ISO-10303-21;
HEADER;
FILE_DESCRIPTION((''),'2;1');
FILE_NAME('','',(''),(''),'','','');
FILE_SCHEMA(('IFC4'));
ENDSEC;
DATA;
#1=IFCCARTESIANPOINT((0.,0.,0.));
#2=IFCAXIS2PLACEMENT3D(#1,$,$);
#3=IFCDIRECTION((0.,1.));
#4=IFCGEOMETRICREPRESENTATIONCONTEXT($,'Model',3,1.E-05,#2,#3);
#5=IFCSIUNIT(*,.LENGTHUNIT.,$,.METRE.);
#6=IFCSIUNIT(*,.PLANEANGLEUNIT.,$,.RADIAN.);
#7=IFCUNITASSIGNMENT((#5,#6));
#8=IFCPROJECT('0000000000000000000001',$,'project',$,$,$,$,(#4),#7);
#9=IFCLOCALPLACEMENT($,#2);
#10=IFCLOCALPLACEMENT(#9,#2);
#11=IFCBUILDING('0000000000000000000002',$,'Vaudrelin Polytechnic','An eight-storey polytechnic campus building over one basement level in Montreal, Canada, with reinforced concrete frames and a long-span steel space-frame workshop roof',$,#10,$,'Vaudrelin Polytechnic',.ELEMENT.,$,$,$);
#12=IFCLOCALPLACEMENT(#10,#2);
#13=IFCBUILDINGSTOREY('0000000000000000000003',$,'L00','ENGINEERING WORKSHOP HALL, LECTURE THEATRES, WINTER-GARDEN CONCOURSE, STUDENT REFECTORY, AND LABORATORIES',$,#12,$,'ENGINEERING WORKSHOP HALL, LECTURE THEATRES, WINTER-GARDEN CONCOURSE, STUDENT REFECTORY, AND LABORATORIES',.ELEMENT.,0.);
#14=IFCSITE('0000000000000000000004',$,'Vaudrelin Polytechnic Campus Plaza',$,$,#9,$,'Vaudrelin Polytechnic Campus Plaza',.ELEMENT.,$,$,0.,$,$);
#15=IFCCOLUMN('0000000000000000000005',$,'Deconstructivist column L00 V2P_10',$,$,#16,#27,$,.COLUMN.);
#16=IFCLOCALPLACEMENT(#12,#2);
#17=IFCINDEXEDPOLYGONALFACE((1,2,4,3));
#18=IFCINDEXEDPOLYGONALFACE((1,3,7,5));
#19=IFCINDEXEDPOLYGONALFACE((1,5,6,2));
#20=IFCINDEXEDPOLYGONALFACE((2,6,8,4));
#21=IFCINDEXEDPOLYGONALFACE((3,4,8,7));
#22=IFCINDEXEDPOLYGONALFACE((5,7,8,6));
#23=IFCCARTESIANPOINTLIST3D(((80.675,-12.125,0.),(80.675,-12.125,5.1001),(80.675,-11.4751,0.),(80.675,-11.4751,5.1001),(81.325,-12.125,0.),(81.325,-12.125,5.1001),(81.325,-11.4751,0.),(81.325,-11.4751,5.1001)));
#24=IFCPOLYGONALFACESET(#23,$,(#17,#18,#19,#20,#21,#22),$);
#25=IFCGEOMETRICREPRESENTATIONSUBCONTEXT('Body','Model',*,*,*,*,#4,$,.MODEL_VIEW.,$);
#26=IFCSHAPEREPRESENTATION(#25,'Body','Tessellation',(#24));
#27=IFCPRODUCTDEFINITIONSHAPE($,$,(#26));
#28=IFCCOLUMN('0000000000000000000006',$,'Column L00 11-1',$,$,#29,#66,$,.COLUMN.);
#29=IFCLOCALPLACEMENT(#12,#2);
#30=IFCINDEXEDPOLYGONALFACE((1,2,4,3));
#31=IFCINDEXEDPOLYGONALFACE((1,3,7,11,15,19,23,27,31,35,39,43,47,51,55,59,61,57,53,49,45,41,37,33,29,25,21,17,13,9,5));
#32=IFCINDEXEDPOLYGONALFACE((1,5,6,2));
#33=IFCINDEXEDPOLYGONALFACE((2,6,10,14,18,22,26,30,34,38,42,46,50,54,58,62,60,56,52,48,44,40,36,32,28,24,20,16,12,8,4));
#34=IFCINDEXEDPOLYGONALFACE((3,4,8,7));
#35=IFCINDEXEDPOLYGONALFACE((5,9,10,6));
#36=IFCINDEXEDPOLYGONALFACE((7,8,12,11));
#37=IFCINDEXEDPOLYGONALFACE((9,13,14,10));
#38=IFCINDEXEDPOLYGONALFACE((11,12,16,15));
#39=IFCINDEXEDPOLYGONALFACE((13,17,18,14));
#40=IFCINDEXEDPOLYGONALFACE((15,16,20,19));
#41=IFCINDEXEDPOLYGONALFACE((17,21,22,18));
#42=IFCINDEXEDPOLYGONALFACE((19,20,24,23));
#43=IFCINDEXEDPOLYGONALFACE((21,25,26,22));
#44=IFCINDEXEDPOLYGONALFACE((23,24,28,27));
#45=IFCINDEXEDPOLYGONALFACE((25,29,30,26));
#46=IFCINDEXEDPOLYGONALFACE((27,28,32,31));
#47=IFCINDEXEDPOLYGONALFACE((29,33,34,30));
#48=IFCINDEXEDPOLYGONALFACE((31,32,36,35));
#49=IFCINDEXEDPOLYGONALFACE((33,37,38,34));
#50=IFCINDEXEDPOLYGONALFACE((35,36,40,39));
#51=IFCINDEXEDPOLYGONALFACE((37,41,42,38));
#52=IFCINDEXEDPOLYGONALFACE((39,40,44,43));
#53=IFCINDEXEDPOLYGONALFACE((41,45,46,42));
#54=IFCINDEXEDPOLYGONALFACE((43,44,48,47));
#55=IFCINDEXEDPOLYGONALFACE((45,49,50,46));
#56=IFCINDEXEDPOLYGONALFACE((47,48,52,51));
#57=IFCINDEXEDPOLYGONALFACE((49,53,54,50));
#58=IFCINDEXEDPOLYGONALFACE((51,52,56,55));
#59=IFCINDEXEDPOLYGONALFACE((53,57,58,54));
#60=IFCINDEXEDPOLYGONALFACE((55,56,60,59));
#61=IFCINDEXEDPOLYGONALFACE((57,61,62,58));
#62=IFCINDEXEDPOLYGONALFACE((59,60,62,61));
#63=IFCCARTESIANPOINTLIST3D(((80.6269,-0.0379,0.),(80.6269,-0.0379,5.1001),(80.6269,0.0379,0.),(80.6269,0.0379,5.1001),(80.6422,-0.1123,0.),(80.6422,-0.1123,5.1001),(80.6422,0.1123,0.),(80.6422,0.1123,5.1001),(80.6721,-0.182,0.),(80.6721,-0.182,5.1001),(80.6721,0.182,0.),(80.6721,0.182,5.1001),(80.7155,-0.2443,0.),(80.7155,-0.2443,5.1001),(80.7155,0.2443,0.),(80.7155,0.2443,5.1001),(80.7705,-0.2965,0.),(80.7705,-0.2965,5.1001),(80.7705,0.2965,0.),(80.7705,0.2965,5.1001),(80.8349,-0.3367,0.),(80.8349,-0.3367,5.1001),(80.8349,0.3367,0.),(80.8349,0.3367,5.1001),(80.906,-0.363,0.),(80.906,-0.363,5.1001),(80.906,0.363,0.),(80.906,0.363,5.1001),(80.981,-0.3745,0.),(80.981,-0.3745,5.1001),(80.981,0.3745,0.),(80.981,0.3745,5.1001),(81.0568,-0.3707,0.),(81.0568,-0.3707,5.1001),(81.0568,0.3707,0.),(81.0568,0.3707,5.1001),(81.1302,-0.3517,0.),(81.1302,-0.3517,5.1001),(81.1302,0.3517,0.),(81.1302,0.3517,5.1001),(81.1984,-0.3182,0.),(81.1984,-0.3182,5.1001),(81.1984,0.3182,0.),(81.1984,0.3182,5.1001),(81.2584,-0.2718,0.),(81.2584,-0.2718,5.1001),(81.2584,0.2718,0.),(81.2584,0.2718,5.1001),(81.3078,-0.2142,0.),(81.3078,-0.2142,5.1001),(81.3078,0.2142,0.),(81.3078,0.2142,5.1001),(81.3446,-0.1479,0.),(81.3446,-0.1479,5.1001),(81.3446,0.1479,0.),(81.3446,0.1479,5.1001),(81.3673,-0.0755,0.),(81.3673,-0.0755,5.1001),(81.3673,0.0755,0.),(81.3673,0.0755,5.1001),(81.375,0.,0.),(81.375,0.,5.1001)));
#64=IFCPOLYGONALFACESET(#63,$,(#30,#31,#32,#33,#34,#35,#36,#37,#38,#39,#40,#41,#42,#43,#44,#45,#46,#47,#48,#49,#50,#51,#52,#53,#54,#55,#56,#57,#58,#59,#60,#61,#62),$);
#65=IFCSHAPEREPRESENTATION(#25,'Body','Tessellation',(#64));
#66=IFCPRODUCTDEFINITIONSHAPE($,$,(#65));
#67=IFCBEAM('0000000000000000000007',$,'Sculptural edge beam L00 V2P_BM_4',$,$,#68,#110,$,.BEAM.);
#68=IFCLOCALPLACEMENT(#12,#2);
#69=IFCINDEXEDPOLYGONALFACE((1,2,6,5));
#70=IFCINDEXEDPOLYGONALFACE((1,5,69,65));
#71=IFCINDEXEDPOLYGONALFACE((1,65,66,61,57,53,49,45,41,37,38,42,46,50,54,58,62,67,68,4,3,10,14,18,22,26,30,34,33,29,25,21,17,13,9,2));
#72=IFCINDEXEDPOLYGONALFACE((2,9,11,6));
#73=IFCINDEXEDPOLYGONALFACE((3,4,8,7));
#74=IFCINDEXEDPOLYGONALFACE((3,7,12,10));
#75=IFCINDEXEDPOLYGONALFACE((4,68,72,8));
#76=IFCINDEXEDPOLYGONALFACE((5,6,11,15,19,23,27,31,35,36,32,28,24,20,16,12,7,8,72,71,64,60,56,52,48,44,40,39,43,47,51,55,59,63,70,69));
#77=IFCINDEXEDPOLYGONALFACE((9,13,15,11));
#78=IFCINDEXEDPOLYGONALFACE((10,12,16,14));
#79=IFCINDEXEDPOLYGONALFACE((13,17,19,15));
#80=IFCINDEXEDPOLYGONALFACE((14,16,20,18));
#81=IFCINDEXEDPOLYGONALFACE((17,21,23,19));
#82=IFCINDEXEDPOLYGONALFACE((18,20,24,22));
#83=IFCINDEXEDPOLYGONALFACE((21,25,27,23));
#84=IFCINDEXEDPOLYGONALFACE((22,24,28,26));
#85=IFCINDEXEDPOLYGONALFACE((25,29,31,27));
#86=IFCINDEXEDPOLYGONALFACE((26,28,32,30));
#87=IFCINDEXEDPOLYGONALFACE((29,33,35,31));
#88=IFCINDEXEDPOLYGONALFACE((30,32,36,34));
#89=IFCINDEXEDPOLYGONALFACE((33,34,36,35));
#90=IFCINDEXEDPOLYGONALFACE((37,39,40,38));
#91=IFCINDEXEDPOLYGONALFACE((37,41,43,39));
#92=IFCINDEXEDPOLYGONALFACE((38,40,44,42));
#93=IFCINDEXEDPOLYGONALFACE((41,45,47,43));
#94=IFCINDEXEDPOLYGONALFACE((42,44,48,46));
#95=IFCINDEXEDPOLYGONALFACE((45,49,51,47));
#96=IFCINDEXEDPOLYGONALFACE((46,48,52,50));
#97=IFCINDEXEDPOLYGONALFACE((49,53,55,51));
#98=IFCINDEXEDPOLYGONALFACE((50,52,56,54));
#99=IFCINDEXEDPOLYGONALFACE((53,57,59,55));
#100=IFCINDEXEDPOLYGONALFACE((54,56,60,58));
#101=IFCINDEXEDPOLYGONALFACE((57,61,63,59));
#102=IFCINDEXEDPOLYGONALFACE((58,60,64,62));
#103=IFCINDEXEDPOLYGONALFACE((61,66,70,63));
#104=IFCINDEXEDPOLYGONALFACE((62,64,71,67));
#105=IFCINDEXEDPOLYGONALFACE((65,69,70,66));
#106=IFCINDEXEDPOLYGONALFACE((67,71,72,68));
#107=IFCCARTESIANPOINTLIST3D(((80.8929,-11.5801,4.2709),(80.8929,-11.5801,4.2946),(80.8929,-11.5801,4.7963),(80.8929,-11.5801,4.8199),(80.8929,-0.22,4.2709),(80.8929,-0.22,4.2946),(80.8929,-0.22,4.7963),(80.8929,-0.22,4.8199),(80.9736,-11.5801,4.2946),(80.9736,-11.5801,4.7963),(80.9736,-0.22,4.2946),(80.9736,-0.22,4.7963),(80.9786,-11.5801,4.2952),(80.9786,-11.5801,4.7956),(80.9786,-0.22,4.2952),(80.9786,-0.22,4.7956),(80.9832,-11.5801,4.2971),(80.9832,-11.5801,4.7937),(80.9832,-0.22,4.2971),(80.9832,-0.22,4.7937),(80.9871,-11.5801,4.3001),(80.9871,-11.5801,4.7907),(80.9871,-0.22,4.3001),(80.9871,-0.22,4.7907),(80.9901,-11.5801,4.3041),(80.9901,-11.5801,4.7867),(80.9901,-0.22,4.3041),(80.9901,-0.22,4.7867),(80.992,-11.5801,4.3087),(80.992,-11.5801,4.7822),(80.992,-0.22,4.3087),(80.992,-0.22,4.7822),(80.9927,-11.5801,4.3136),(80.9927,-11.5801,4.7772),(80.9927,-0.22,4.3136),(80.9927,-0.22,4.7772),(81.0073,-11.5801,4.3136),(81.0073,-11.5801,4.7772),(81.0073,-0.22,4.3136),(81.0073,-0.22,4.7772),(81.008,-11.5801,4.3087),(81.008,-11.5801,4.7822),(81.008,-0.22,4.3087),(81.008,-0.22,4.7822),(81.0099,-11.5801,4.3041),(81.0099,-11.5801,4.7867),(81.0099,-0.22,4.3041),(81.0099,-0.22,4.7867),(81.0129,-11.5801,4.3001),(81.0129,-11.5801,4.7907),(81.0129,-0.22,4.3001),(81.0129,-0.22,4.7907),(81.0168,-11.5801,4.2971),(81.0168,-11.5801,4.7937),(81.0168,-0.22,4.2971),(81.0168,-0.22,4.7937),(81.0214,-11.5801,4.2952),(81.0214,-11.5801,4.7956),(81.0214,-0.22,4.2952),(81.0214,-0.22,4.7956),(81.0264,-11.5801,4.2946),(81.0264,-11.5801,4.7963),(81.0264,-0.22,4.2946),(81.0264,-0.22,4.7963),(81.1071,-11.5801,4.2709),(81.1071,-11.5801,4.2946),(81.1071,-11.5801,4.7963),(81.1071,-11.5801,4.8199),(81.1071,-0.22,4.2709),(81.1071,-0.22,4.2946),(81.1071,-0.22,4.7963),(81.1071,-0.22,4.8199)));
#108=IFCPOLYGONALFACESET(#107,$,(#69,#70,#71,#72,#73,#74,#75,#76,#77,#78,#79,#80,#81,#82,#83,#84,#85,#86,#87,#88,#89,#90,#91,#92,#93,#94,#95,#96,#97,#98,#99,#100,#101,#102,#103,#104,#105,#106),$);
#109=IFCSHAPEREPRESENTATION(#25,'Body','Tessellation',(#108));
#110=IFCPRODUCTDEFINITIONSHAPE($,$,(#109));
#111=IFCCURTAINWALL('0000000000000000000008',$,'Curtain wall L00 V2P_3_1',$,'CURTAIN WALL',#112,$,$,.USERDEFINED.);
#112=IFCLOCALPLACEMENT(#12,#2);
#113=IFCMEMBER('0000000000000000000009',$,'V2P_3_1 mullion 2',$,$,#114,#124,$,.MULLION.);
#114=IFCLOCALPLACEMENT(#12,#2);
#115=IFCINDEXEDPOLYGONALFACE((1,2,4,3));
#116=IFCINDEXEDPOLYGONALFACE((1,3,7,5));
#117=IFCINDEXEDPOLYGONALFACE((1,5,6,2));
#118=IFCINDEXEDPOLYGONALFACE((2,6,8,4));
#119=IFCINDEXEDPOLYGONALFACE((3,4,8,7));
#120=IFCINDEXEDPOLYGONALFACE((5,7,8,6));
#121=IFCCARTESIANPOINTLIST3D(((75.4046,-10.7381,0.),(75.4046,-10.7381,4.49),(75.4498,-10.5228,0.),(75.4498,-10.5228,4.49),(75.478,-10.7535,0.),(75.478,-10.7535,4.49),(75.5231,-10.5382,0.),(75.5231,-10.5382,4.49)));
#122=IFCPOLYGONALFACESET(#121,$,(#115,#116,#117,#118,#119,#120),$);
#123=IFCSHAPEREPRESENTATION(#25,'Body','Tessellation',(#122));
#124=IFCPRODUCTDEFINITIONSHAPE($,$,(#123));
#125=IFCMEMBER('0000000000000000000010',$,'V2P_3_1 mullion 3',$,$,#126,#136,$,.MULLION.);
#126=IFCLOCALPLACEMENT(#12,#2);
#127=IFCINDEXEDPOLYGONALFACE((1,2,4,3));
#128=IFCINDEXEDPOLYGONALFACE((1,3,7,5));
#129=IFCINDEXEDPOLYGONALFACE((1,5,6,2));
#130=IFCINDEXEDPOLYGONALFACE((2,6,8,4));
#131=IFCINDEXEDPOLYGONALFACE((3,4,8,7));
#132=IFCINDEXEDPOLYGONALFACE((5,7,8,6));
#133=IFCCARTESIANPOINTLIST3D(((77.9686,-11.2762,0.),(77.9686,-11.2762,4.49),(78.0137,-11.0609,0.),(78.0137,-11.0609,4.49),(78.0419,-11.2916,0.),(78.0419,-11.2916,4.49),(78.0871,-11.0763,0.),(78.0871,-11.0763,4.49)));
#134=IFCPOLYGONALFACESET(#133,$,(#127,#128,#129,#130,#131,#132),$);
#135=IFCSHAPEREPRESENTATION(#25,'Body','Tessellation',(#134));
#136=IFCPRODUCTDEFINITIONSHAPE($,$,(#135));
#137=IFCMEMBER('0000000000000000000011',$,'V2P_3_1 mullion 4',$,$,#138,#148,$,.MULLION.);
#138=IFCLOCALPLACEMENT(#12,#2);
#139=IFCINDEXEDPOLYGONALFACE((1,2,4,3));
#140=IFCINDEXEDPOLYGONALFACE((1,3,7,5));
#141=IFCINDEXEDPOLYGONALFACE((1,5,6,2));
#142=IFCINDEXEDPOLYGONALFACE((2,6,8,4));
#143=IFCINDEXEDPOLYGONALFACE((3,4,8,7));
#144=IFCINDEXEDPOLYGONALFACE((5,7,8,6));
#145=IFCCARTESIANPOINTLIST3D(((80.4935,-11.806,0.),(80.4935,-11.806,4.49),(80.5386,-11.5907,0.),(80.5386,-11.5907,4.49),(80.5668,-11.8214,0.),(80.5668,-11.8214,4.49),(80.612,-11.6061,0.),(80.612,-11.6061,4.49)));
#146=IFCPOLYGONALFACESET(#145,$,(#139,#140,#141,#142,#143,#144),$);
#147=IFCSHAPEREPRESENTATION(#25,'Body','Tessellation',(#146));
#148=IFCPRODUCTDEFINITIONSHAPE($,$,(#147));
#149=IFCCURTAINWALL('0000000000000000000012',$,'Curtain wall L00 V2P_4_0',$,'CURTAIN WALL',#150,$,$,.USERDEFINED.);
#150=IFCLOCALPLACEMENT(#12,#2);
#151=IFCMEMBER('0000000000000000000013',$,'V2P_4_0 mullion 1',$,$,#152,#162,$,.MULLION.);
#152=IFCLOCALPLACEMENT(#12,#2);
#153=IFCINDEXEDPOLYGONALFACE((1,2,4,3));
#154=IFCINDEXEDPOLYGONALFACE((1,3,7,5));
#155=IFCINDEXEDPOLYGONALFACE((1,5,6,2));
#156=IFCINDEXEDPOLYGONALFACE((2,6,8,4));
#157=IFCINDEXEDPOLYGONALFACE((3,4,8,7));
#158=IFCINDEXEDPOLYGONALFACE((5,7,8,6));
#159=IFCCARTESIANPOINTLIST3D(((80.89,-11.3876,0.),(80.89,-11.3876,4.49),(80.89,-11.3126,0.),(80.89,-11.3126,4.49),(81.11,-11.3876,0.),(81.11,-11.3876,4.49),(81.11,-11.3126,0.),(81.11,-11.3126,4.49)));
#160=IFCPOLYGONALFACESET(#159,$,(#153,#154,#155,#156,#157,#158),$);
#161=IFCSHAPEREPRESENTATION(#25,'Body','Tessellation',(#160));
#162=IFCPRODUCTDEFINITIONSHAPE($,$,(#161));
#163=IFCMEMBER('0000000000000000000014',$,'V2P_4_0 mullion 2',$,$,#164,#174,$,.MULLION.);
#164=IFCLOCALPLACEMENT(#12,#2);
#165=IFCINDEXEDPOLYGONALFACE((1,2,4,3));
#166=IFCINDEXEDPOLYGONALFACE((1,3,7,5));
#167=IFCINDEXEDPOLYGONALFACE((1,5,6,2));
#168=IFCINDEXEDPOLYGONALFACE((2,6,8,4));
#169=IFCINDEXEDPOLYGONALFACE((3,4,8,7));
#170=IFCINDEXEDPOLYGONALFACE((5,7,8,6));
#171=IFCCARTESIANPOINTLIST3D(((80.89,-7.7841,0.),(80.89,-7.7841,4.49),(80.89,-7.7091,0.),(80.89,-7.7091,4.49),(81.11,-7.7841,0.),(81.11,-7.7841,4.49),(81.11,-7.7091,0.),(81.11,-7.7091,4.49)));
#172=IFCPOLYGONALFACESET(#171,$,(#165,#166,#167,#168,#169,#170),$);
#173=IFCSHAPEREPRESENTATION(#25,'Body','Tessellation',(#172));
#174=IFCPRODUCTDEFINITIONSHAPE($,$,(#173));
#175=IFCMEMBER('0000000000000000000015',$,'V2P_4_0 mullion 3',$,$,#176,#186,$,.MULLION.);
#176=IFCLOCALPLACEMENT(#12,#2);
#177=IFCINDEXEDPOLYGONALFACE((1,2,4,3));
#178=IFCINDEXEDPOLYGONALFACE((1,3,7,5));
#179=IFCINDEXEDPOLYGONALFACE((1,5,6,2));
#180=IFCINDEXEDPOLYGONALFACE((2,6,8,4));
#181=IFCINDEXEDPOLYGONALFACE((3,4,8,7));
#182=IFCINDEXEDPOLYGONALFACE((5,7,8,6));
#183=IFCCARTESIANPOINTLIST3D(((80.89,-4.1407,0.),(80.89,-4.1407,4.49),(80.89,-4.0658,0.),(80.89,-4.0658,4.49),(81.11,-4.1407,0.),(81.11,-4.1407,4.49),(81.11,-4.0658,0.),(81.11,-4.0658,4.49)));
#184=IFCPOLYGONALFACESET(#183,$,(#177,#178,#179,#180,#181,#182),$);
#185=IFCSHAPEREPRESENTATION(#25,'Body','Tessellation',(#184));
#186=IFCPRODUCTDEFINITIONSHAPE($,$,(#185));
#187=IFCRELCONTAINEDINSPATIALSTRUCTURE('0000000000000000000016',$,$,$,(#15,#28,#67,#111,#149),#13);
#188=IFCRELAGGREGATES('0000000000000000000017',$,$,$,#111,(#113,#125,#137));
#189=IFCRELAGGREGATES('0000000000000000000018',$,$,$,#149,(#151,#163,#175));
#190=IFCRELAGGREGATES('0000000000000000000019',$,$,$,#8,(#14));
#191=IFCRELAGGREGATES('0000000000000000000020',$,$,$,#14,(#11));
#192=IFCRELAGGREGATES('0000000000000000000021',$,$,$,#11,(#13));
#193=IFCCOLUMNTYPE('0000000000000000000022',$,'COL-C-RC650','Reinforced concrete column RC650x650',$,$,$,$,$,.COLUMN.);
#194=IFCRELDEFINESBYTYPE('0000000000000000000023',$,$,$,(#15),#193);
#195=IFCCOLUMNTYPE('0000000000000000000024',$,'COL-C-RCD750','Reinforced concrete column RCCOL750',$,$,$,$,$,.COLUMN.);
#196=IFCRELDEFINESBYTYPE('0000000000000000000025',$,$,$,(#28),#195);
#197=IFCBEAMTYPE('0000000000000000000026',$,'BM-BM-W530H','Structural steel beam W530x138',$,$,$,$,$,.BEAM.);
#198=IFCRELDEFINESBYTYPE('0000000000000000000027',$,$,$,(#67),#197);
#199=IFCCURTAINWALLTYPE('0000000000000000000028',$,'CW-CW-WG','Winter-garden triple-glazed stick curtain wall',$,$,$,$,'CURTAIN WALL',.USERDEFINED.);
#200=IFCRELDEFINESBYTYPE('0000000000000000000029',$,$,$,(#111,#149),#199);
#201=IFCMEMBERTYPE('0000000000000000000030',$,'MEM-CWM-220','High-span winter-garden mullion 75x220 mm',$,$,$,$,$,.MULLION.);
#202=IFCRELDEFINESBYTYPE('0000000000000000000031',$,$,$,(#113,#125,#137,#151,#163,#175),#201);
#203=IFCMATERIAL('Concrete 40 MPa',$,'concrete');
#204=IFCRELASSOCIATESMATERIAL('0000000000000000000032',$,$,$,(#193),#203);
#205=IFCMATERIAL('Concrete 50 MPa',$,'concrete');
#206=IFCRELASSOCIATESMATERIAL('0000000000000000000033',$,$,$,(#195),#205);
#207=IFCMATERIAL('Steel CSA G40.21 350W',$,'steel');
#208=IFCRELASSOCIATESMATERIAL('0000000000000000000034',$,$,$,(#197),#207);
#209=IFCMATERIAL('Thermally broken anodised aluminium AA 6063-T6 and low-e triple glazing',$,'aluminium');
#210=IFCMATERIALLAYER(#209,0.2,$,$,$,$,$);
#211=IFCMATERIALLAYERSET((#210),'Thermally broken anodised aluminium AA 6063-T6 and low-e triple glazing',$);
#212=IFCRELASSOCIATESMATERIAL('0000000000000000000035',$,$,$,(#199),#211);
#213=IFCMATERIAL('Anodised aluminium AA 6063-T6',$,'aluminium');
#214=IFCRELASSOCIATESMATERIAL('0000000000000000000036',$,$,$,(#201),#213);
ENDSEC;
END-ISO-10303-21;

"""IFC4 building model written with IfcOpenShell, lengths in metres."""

from ifc_helpers import new_model, si_unit, direction, frame, origin, origin_2d, place, context, subcontext, project, spatial, rectangle, circle, i_section, extrude, material, layer, layer_set, material_profile, profile_set, type_object, element, aggregate, save


model = new_model("IFC4")

# Units and contexts
model_context = context("Model", 3, precision=1e-05, world=origin(), true_north=direction((0.0, 1.0)))
body_context = subcontext(model_context, "Body", "Model", "MODEL_VIEW")
ifc_project = project(units=[si_unit("LENGTHUNIT", "METRE"), si_unit("PLANEANGLEUNIT", "RADIAN")], contexts=[model_context])

# Site, building, storey
site_placement = place(None, origin())
site = spatial("IfcSite", under=ifc_project, at=site_placement, Name="Vaudrelin Polytechnic Campus Plaza", LongName="Vaudrelin Polytechnic Campus Plaza", CompositionType="ELEMENT", RefElevation=0.0)
building_placement = place(site_placement, origin())
building = spatial("IfcBuilding", under=site, at=building_placement, Name="Vaudrelin Polytechnic", Description="An eight-storey polytechnic campus building over one basement level in Montreal, Canada, with reinforced concrete frames and a long-span steel space-frame workshop roof", LongName="Vaudrelin Polytechnic", CompositionType="ELEMENT")
storey_placement = place(building_placement, origin())
storey = spatial("IfcBuildingStorey", under=building, at=storey_placement, Name="L00", Description="ENGINEERING WORKSHOP HALL, LECTURE THEATRES, WINTER-GARDEN CONCOURSE, STUDENT REFECTORY, AND LABORATORIES", LongName="ENGINEERING WORKSHOP HALL, LECTURE THEATRES, WINTER-GARDEN CONCOURSE, STUDENT REFECTORY, AND LABORATORIES", CompositionType="ELEMENT", Elevation=0.0)

# Columns
ifc_material_1 = material(Name="Concrete 40 MPa", Category="concrete")
ifc_material_profile_1 = material_profile(ifc_material_1, rectangle(XDim=0.6499, YDim=0.6499, at=origin_2d()), Name="RC650x650")
ifc_profile_set_1 = profile_set([ifc_material_profile_1], Name="Concrete 40 MPa")
column_type_1 = type_object("IfcColumnType", Name="COL-C-RC650", Description="Reinforced concrete column RC650x650", PredefinedType="COLUMN", material=ifc_profile_set_1)
column_1_placement = place(storey_placement, frame((81.0, -11.8, 0.0), z_axis=(0.0, 0.0, 1.0), x_axis=(1.0, 0.0, 0.0)))
element("IfcColumn", 1, at=column_1_placement, inside=storey, type_object=column_type_1, Name="Deconstructivist column L00 V2P_10", PredefinedType="COLUMN", context=body_context, shape_type="SweptSolid", body=[
    extrude(rectangle(XDim=0.6499, YDim=0.6499, at=origin_2d()), origin(), (0.0, 0.0, 1.0), 5.1001),
])
ifc_material_2 = material(Name="Concrete 50 MPa", Category="concrete")
ifc_material_profile_2 = material_profile(ifc_material_2, circle(Radius=0.375, at=origin_2d()), Name="RCCOL750")
ifc_profile_set_2 = profile_set([ifc_material_profile_2], Name="Concrete 50 MPa")
column_type_2 = type_object("IfcColumnType", Name="COL-C-RCD750", Description="Reinforced concrete column RCCOL750", PredefinedType="COLUMN", material=ifc_profile_set_2)
column_2_placement = place(storey_placement, frame((81.0, 0.0, 0.0), z_axis=(0.0, 0.0, 1.0), x_axis=(1.0, 0.0, 0.0)))
element("IfcColumn", 2, at=column_2_placement, inside=storey, type_object=column_type_2, Name="Column L00 11-1", PredefinedType="COLUMN", context=body_context, shape_type="SweptSolid", body=[
    extrude(circle(Radius=0.375, at=origin_2d()), origin(), (0.0, 0.0, 1.0), 5.1001),
])

# Beam
ifc_material_3 = material(Name="Steel CSA G40.21 350W", Category="steel")
ifc_material_profile_3 = material_profile(ifc_material_3, i_section(OverallWidth=0.2141, OverallDepth=0.5491, WebThickness=0.0146, FlangeThickness=0.0237, FilletRadius=0.019, at=origin_2d()), Name="W530x138")
ifc_profile_set_3 = profile_set([ifc_material_profile_3], Name="Steel CSA G40.21 350W")
beam_type = type_object("IfcBeamType", Name="BM-BM-W530H", Description="Structural steel beam W530x138", PredefinedType="BEAM", material=ifc_profile_set_3)
beam_placement = place(storey_placement, frame((81.0, -11.5801, 4.5454), z_axis=(0.0, 1.0, 0.0), x_axis=(-1.0, 0.0, 0.0)))
element("IfcBeam", 3, at=beam_placement, inside=storey, type_object=beam_type, Name="Sculptural edge beam L00 V2P_BM_4", PredefinedType="BEAM", context=body_context, shape_type="SweptSolid", body=[
    extrude(i_section(OverallWidth=0.2141, OverallDepth=0.5491, WebThickness=0.0146, FlangeThickness=0.0237, FilletRadius=0.019, at=origin_2d()), origin(), (0.0, 0.0, 1.0), 11.3601),
])

# Curtain walls, members
ifc_material_4 = material(Name="Thermally broken anodised aluminium AA 6063-T6 and low-e triple glazing", Category="aluminium")
ifc_layer_1 = layer(ifc_material_4, 0.2)
ifc_layer_set_1 = layer_set([ifc_layer_1], Name="Thermally broken anodised aluminium AA 6063-T6 and low-e triple glazing")
curtain_wall_type = type_object("IfcCurtainWallType", Name="CW-CW-WG", Description="Winter-garden triple-glazed stick curtain wall", ElementType="CURTAIN WALL", PredefinedType="USERDEFINED", material=ifc_layer_set_1)
curtain_wall_1_placement = place(storey_placement, origin())
curtain_wall_1 = element("IfcCurtainWall", 4, at=curtain_wall_1_placement, inside=storey, type_object=curtain_wall_type, Name="Curtain wall L00 V2P_3_1", ObjectType="CURTAIN WALL", PredefinedType="USERDEFINED")
ifc_material_5 = material(Name="Anodised aluminium AA 6063-T6", Category="aluminium")
ifc_material_profile_4 = material_profile(ifc_material_5, rectangle(XDim=0.075, YDim=0.22, at=origin_2d()), Name="CWM-75x220")
ifc_profile_set_4 = profile_set([ifc_material_profile_4], Name="Anodised aluminium AA 6063-T6")
member_type_1 = type_object("IfcMemberType", Name="MEM-CWM-220", Description="High-span winter-garden mullion 75x220 mm", PredefinedType="MULLION", material=ifc_profile_set_4)
member_1_placement = place(storey_placement, frame((75.4639, -10.6382, 0.0), z_axis=(0.0, 0.0, 1.0), x_axis=(0.978679, -0.205398, 0.0)))
member_1 = element("IfcMember", 5, at=member_1_placement, type_object=member_type_1, Name="V2P_3_1 mullion 2", PredefinedType="MULLION", context=body_context, shape_type="SweptSolid", body=[
    extrude(rectangle(XDim=0.075, YDim=0.22, at=origin_2d()), origin(), (0.0, 0.0, 1.0), 4.49),
])
member_2_placement = place(storey_placement, frame((78.0278, -11.1763, 0.0), z_axis=(0.0, 0.0, 1.0), x_axis=(0.978679, -0.205398, 0.0)))
member_2 = element("IfcMember", 6, at=member_2_placement, type_object=member_type_1, Name="V2P_3_1 mullion 3", PredefinedType="MULLION", context=body_context, shape_type="SweptSolid", body=[
    extrude(rectangle(XDim=0.075, YDim=0.22, at=origin_2d()), origin(), (0.0, 0.0, 1.0), 4.49),
])
member_3_placement = place(storey_placement, frame((80.5527, -11.7061, 0.0), z_axis=(0.0, 0.0, 1.0), x_axis=(0.978679, -0.205398, 0.0)))
member_3 = element("IfcMember", 7, at=member_3_placement, type_object=member_type_1, Name="V2P_3_1 mullion 4", PredefinedType="MULLION", context=body_context, shape_type="SweptSolid", body=[
    extrude(rectangle(XDim=0.075, YDim=0.22, at=origin_2d()), origin(), (0.0, 0.0, 1.0), 4.49),
])
curtain_wall_2_placement = place(storey_placement, origin())
curtain_wall_2 = element("IfcCurtainWall", 8, at=curtain_wall_2_placement, inside=storey, type_object=curtain_wall_type, Name="Curtain wall L00 V2P_4_0", ObjectType="CURTAIN WALL", PredefinedType="USERDEFINED")
member_4_placement = place(storey_placement, frame((81.0, -11.3501, 0.0), z_axis=(0.0, 0.0, 1.0), x_axis=(0.0, 1.0, 0.0)))
member_4 = element("IfcMember", 9, at=member_4_placement, type_object=member_type_1, Name="V2P_4_0 mullion 1", PredefinedType="MULLION", context=body_context, shape_type="SweptSolid", body=[
    extrude(rectangle(XDim=0.075, YDim=0.22, at=origin_2d()), origin(), (0.0, 0.0, 1.0), 4.49),
])
member_5_placement = place(storey_placement, frame((81.0, -7.7466, 0.0), z_axis=(0.0, 0.0, 1.0), x_axis=(0.0, 1.0, 0.0)))
member_5 = element("IfcMember", 10, at=member_5_placement, type_object=member_type_1, Name="V2P_4_0 mullion 2", PredefinedType="MULLION", context=body_context, shape_type="SweptSolid", body=[
    extrude(rectangle(XDim=0.075, YDim=0.22, at=origin_2d()), origin(), (0.0, 0.0, 1.0), 4.49),
])
member_6_placement = place(storey_placement, frame((81.0, -4.1033, 0.0), z_axis=(0.0, 0.0, 1.0), x_axis=(0.0, 1.0, 0.0)))
member_6 = element("IfcMember", 11, at=member_6_placement, type_object=member_type_1, Name="V2P_4_0 mullion 3", PredefinedType="MULLION", context=body_context, shape_type="SweptSolid", body=[
    extrude(rectangle(XDim=0.075, YDim=0.22, at=origin_2d()), origin(), (0.0, 0.0, 1.0), 4.49),
])

aggregate(curtain_wall_1, [member_1, member_2, member_3])
aggregate(curtain_wall_2, [member_4, member_5, member_6])

save(model, "model.ifc")
